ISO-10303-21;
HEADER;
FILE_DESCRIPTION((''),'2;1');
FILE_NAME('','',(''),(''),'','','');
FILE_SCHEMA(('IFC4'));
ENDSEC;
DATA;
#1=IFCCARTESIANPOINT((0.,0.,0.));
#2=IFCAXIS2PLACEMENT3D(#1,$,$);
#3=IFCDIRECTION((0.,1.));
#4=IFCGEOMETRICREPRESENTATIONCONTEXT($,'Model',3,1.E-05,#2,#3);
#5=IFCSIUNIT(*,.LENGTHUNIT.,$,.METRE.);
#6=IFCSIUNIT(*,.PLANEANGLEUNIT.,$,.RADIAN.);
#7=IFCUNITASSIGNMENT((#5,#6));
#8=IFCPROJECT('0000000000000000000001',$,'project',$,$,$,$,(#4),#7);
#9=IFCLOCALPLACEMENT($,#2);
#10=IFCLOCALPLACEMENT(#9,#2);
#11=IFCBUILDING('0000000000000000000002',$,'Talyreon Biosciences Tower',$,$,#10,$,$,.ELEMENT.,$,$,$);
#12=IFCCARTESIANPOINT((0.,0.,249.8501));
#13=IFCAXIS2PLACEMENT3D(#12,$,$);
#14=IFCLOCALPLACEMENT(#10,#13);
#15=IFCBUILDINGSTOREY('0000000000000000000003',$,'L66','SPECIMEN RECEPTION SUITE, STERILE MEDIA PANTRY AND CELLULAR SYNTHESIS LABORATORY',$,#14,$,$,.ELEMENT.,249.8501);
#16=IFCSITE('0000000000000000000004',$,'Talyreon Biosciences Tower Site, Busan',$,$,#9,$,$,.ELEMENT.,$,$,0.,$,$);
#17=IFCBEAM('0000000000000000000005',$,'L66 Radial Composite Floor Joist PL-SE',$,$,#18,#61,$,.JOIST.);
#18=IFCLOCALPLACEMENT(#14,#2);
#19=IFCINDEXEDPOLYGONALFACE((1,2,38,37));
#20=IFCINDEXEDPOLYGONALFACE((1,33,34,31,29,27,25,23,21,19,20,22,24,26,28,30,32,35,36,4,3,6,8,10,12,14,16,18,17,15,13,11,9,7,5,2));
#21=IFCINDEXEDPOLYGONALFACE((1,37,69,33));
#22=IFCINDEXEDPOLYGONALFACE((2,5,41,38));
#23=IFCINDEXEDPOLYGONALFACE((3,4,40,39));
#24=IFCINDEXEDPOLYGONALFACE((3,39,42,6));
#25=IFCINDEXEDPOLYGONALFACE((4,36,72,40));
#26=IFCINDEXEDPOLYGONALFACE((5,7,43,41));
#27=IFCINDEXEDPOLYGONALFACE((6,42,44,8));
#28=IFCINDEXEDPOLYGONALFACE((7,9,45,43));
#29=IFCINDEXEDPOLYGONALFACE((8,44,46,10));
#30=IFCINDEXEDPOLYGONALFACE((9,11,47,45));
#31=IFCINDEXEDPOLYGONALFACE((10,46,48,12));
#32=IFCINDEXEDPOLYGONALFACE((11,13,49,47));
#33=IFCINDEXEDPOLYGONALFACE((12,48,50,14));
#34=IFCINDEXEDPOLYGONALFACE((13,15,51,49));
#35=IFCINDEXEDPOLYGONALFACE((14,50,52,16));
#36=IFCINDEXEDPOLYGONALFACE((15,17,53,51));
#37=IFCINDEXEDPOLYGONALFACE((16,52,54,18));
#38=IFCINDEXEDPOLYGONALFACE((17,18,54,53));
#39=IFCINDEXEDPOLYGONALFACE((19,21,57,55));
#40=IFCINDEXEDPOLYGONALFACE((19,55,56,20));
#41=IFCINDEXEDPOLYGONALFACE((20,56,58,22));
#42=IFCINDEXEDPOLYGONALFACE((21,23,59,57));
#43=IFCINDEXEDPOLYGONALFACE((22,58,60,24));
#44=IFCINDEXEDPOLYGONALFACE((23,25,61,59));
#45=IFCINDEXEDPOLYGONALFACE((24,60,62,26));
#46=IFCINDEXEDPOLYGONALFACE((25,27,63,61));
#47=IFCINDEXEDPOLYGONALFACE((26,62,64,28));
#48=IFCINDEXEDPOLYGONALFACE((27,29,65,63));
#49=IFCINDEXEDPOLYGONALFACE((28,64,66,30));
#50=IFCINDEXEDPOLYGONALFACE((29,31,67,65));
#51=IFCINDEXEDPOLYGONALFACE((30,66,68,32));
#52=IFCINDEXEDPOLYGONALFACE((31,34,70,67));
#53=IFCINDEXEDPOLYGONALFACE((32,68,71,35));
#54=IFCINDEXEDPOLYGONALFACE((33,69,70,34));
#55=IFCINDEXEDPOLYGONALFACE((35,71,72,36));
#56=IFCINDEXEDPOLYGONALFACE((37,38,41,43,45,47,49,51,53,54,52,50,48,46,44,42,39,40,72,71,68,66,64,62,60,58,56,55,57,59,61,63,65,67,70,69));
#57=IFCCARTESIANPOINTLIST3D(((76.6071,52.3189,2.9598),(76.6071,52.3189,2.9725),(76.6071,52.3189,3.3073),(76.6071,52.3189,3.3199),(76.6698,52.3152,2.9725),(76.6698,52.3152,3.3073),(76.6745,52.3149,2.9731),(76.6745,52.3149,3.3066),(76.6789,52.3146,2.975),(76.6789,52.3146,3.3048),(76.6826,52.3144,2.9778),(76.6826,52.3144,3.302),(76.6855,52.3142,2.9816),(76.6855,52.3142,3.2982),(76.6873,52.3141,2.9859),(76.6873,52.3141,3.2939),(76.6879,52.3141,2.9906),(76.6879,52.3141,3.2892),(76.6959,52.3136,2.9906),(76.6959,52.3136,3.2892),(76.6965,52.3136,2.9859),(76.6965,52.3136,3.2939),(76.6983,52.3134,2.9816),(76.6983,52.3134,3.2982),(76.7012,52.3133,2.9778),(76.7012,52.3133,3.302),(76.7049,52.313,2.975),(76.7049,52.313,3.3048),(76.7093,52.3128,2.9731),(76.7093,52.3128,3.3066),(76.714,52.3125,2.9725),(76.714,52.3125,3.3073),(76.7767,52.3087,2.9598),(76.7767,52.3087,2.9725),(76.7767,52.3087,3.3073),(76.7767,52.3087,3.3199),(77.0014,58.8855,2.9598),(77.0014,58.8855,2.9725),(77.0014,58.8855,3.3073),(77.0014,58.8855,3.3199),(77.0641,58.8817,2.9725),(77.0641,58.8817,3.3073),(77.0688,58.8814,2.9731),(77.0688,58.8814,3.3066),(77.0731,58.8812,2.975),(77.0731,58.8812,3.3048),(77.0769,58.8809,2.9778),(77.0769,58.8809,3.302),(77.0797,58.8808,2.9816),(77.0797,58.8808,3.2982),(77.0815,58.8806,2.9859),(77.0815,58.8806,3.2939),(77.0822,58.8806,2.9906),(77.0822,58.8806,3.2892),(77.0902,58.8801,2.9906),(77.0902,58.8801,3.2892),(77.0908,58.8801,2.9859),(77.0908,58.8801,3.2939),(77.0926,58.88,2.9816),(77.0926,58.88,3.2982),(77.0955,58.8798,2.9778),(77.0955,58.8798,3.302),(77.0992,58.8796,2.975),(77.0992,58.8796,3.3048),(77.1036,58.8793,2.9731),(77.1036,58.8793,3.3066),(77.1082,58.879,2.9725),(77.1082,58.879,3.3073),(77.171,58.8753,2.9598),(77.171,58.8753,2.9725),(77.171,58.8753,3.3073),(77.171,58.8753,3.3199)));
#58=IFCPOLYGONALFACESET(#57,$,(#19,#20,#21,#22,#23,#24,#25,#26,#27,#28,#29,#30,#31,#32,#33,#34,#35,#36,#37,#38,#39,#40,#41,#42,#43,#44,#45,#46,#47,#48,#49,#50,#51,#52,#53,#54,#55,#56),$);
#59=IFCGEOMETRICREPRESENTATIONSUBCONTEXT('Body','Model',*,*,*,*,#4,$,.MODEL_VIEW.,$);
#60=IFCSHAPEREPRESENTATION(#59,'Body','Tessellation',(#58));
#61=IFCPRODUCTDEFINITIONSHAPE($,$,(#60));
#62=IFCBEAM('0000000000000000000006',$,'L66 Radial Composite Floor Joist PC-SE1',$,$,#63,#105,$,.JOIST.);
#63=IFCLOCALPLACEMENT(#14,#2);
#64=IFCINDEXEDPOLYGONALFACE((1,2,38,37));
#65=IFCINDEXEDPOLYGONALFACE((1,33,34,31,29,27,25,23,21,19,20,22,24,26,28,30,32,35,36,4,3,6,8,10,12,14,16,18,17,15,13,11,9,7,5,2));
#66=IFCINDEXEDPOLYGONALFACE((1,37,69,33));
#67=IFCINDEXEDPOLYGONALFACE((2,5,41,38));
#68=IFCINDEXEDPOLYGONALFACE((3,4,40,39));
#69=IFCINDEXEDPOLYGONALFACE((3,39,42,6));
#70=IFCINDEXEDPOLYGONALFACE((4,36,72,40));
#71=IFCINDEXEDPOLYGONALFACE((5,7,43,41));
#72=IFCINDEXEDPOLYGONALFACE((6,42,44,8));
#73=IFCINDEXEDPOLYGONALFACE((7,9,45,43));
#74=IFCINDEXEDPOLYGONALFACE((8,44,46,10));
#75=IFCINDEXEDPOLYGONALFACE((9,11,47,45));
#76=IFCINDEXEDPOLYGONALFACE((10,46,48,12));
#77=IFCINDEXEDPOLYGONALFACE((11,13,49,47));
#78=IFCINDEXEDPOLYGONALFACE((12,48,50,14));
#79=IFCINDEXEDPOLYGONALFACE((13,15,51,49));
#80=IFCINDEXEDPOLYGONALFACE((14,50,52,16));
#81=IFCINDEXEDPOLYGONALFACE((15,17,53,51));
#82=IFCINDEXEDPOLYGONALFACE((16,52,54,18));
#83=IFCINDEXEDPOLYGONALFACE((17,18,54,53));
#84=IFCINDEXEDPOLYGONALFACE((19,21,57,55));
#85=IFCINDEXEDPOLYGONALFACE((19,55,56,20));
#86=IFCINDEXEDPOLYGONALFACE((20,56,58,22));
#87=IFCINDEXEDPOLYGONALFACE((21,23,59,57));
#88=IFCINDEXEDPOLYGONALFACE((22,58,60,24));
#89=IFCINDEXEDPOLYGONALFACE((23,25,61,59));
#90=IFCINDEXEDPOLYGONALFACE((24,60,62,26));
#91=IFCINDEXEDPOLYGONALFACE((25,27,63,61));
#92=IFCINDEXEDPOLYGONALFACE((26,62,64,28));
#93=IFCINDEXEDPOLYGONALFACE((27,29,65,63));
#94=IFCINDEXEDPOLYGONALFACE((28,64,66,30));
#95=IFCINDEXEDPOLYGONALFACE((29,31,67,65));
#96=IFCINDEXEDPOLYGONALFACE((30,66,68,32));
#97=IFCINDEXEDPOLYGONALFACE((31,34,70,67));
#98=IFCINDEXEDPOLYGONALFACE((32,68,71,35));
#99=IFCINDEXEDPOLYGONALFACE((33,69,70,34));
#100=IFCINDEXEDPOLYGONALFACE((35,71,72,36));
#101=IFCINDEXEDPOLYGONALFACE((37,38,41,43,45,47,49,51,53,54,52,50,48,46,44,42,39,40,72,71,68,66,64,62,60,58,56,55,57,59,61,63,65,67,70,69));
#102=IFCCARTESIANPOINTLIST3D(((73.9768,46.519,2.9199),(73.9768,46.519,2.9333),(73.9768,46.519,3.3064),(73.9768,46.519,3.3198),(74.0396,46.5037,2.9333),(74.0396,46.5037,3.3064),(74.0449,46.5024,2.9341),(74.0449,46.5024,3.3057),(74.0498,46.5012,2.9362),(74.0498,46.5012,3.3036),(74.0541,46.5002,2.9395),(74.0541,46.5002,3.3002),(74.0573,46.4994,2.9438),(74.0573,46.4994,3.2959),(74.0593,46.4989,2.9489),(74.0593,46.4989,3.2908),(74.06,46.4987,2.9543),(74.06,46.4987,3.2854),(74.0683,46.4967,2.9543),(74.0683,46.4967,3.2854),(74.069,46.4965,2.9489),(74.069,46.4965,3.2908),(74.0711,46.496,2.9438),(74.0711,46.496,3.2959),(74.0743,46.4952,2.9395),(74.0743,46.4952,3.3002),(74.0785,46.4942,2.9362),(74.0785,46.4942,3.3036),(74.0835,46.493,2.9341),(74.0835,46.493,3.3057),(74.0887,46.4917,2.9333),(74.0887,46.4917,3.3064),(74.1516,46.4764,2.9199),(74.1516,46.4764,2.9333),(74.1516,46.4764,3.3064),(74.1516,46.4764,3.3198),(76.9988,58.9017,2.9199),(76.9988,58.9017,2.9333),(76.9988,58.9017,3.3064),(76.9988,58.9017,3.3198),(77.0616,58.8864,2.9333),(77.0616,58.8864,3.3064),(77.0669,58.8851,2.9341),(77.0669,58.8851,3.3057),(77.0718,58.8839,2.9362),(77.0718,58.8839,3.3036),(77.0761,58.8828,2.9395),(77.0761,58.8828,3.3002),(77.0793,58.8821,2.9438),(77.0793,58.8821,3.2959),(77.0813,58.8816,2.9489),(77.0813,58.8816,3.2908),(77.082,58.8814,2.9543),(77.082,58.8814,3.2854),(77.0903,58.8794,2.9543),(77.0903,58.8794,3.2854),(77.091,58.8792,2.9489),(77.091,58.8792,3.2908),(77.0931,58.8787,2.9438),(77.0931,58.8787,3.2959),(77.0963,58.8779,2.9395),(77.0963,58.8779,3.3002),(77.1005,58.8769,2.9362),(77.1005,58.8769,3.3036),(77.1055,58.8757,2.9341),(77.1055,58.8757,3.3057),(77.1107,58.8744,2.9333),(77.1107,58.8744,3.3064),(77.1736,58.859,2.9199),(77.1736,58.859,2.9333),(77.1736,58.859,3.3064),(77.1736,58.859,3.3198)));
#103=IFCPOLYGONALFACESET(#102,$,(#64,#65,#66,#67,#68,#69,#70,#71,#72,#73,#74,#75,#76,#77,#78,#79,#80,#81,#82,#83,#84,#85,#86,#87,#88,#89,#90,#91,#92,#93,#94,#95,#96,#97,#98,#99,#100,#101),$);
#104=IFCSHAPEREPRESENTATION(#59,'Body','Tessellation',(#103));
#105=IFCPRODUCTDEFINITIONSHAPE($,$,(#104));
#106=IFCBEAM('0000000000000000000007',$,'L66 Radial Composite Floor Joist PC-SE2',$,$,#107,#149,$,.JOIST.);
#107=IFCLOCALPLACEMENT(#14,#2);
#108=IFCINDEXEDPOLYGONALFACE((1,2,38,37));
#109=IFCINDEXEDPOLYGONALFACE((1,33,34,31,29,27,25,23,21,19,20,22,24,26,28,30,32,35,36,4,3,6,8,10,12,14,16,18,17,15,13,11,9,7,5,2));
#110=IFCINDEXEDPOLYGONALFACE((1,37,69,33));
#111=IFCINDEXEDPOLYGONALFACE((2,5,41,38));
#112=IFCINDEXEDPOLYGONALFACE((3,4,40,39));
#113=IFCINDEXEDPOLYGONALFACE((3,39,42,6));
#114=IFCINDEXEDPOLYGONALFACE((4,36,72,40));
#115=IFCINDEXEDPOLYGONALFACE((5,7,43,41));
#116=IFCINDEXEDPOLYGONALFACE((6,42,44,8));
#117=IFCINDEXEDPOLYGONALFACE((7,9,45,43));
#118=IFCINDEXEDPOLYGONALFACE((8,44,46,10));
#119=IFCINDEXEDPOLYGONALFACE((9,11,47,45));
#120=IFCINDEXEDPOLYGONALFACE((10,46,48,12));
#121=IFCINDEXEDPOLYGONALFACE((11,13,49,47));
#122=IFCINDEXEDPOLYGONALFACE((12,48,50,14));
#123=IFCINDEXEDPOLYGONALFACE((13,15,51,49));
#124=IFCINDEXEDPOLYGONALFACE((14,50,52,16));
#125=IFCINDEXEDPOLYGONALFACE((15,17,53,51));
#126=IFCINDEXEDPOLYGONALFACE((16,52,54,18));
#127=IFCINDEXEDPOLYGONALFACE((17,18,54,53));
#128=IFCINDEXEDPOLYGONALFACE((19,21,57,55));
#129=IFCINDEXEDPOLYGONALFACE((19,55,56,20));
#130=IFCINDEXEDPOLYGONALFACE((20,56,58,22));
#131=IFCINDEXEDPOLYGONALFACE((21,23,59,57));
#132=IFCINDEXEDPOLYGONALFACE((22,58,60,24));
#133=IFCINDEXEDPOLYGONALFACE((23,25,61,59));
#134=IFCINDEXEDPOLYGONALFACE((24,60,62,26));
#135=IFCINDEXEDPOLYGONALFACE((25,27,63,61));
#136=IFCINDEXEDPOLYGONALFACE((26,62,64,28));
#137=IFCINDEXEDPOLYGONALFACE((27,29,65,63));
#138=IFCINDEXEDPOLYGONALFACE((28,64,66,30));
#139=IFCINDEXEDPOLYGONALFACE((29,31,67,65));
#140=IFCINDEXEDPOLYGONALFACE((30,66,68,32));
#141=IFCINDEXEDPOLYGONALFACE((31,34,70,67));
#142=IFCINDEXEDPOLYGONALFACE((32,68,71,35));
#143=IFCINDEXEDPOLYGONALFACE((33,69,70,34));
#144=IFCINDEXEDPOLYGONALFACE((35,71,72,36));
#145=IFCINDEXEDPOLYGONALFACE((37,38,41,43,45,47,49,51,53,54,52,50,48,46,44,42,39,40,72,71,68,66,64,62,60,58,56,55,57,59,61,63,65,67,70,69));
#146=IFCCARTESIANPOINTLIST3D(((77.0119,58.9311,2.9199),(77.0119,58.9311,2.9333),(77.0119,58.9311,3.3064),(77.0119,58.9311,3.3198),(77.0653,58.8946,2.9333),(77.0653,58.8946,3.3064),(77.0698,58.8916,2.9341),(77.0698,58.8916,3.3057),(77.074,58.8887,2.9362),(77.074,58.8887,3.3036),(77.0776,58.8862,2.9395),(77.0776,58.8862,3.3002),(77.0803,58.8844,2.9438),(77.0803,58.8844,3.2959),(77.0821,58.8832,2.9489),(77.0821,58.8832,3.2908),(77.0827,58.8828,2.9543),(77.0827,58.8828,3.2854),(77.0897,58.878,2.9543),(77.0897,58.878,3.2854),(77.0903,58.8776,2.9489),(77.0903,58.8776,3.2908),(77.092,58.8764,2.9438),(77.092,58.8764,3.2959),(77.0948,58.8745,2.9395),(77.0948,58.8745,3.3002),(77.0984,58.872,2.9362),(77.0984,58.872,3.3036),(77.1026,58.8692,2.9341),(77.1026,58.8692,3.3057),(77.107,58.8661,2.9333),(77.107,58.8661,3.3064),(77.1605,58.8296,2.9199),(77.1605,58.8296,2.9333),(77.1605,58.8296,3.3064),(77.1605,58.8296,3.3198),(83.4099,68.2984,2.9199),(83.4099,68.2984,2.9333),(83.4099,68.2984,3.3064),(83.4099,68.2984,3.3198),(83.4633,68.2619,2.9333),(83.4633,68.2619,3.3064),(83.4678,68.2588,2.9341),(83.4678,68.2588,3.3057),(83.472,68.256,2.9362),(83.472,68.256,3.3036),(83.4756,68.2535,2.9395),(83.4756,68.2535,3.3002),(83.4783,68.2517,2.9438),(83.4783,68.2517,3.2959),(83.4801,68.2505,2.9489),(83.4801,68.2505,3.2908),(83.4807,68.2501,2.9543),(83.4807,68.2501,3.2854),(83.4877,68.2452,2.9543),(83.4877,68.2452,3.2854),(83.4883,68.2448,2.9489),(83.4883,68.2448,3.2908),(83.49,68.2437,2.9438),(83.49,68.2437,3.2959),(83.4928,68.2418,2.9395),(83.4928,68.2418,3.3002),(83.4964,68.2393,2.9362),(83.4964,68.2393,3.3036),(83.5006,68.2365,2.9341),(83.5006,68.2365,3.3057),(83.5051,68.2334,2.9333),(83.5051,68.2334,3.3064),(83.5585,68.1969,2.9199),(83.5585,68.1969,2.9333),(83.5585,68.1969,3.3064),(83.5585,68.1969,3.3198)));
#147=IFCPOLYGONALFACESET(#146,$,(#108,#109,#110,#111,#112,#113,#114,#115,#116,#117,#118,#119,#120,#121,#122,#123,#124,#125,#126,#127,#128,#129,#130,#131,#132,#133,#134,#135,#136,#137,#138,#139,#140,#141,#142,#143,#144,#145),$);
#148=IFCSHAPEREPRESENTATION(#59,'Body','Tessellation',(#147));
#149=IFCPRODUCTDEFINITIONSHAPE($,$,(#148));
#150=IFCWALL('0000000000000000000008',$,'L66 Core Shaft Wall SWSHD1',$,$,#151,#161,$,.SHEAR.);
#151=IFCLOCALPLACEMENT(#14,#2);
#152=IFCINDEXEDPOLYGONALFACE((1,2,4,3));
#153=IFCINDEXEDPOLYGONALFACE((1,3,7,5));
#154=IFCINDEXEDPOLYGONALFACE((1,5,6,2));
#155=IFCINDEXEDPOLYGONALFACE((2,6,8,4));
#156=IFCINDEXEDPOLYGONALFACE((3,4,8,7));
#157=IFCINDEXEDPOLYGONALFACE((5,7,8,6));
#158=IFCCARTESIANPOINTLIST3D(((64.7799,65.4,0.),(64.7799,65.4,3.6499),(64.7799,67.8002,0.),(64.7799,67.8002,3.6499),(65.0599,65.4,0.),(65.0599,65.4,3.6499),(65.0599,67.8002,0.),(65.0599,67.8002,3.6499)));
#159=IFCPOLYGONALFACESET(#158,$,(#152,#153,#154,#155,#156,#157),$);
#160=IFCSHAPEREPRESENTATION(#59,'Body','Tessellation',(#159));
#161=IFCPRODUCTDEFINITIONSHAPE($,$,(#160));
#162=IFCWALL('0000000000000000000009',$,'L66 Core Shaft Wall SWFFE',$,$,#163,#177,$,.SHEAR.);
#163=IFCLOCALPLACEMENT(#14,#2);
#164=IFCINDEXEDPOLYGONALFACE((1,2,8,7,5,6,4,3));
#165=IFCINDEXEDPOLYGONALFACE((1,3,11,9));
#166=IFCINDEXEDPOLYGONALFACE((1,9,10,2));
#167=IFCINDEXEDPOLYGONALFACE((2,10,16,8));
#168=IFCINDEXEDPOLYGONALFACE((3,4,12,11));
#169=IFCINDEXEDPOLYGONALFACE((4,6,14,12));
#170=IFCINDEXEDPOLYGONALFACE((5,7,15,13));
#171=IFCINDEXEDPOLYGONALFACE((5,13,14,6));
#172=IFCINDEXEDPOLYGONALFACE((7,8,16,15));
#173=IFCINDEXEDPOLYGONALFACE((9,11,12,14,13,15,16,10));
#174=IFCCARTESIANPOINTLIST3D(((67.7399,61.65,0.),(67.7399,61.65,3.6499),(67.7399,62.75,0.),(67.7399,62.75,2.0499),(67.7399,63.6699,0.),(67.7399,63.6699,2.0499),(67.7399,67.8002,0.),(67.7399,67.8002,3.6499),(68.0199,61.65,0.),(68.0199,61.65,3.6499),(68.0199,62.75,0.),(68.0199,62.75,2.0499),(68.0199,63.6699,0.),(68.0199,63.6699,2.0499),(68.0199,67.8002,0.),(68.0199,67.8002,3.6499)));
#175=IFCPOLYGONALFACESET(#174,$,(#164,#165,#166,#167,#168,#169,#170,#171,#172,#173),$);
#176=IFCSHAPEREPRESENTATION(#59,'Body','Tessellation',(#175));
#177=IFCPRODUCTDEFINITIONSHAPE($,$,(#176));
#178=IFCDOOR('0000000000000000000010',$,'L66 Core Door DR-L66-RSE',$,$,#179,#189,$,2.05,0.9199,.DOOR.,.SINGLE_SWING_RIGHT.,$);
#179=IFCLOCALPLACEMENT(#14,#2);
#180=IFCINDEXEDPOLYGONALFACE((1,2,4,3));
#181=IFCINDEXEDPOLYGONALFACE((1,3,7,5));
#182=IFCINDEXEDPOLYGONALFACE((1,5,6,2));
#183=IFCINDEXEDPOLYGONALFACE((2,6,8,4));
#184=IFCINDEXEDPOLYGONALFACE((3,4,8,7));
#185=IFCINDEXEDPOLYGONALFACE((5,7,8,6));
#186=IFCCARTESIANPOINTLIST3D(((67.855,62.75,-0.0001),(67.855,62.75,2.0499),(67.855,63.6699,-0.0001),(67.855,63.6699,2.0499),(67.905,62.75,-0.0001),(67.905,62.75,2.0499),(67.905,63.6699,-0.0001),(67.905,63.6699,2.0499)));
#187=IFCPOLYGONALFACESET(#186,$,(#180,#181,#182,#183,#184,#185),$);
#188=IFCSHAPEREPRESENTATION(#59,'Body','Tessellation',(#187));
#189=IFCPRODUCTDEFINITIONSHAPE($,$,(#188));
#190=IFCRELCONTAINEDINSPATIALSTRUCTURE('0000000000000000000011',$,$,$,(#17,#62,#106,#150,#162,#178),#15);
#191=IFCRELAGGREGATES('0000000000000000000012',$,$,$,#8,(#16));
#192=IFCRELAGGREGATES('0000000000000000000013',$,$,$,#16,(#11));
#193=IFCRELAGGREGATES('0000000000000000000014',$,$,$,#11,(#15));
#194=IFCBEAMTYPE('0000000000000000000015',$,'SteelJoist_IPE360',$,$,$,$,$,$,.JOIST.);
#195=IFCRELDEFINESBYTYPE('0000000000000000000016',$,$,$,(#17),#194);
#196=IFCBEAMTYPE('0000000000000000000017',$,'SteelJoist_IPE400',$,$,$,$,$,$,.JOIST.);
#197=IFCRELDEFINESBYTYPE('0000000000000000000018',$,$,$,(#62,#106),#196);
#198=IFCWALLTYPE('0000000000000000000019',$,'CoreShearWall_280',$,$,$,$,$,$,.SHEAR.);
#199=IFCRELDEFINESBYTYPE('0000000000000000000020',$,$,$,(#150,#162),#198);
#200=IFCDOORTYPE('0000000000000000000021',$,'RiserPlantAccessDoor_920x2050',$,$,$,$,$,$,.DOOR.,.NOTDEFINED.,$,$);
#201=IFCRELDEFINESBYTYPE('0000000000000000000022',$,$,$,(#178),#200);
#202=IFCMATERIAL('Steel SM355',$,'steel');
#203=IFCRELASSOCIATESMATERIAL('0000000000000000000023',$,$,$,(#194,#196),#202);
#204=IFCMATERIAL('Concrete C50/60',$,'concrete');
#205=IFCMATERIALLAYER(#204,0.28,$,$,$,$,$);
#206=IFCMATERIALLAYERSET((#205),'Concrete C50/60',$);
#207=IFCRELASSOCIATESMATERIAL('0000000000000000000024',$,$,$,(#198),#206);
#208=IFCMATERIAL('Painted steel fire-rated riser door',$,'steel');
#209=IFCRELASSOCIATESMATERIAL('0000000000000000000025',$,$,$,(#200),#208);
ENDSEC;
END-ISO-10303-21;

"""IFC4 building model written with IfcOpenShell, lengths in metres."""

from ifc_helpers import new_model, si_unit, direction, frame, frame_2d, origin, origin_2d, place, context, subcontext, project, spatial, rectangle, i_section, extrude, material, layer, layer_set, material_profile, profile_set, type_object, element, fill, save


model = new_model("IFC4")

# Units and contexts
model_context = context("Model", 3, precision=1e-05, world=origin(), true_north=direction((0.0, 1.0)))
body_context = subcontext(model_context, "Body", "Model", "MODEL_VIEW")
ifc_project = project(units=[si_unit("LENGTHUNIT", "METRE"), si_unit("PLANEANGLEUNIT", "RADIAN")], contexts=[model_context])

# Site, building, storey
site_placement = place(None, origin())
site = spatial("IfcSite", under=ifc_project, at=site_placement, Name="Talyreon Biosciences Tower Site, Busan", CompositionType="ELEMENT", RefElevation=0.0)
building_placement = place(site_placement, origin())
building = spatial("IfcBuilding", under=site, at=building_placement, Name="Talyreon Biosciences Tower", CompositionType="ELEMENT")
storey_placement = place(building_placement, frame((0.0, 0.0, 249.8501)))
storey = spatial("IfcBuildingStorey", under=building, at=storey_placement, Name="L66", Description="SPECIMEN RECEPTION SUITE, STERILE MEDIA PANTRY AND CELLULAR SYNTHESIS LABORATORY", CompositionType="ELEMENT", Elevation=249.8501)

# Shared definitions
ifc_material_1 = material(Name="Concrete C50/60", Category="concrete")

# Beams
ifc_material_2 = material(Name="Steel SM355", Category="steel")
ifc_material_profile_1 = material_profile(ifc_material_2, i_section(OverallWidth=0.1699, OverallDepth=0.3601, WebThickness=0.0081, FlangeThickness=0.0127, FilletRadius=0.0181, at=origin_2d()), Name="IPE360")
ifc_profile_set_1 = profile_set([ifc_material_profile_1], Name="Steel SM355")
beam_type_1 = type_object("IfcBeamType", Name="SteelJoist_IPE360", PredefinedType="JOIST", material=ifc_profile_set_1)
beam_1_placement = place(storey_placement, frame((77.0862, 58.8804, 3.1399), z_axis=(-0.059936, -0.998202, 0.0), x_axis=(0.998202, -0.059936, 0.0)))
element("IfcBeam", 1, at=beam_1_placement, inside=storey, type_object=beam_type_1, Name="L66 Radial Composite Floor Joist PL-SE", PredefinedType="JOIST", context=body_context, shape_type="SweptSolid", body=[
    extrude(i_section(OverallWidth=0.1699, OverallDepth=0.3601, WebThickness=0.0081, FlangeThickness=0.0127, FilletRadius=0.0181, at=origin_2d()), origin(), (0.0, 0.0, 1.0), 6.5784),
])
ifc_material_profile_2 = material_profile(ifc_material_2, i_section(OverallWidth=0.1799, OverallDepth=0.3999, WebThickness=0.0085, FlangeThickness=0.0134, FilletRadius=0.021, at=origin_2d()), Name="IPE400")
ifc_profile_set_2 = profile_set([ifc_material_profile_2], Name="Steel SM355")
beam_type_2 = type_object("IfcBeamType", Name="SteelJoist_IPE400", PredefinedType="JOIST", material=ifc_profile_set_2)
beam_2_placement = place(storey_placement, frame((77.0862, 58.8804, 3.1199), z_axis=(-0.237092, -0.971487, 0.0), x_axis=(0.971487, -0.237092, 0.0)))
element("IfcBeam", 2, at=beam_2_placement, inside=storey, type_object=beam_type_2, Name="L66 Radial Composite Floor Joist PC-SE1", PredefinedType="JOIST", context=body_context, shape_type="SweptSolid", body=[
    extrude(i_section(OverallWidth=0.1799, OverallDepth=0.3999, WebThickness=0.0085, FlangeThickness=0.0134, FilletRadius=0.021, at=origin_2d()), origin(), (0.0, 0.0, 1.0), 12.7461),
])
beam_3_placement = place(storey_placement, frame((77.0862, 58.8804, 3.1199), z_axis=(0.564012, 0.825766, 0.0), x_axis=(-0.825766, 0.564012, 0.0)))
element("IfcBeam", 3, at=beam_3_placement, inside=storey, type_object=beam_type_2, Name="L66 Radial Composite Floor Joist PC-SE2", PredefinedType="JOIST", context=body_context, shape_type="SweptSolid", body=[
    extrude(i_section(OverallWidth=0.1799, OverallDepth=0.3999, WebThickness=0.0085, FlangeThickness=0.0134, FilletRadius=0.021, at=origin_2d()), origin(), (0.0, 0.0, 1.0), 11.3438),
])

# Wall
ifc_layer_1 = layer(ifc_material_1, 0.28)
ifc_layer_set_1 = layer_set([ifc_layer_1], Name="Concrete C50/60")
wall_type_1 = type_object("IfcWallType", Name="CoreShearWall_280", PredefinedType="SHEAR", material=ifc_layer_set_1)
wall_1_placement = place(storey_placement, frame((64.9199, 65.3999, 0.0), z_axis=(0.0, 0.0, 1.0), x_axis=(0.0, 1.0, 0.0)))
element("IfcWall", 4, at=wall_1_placement, inside=storey, type_object=wall_type_1, Name="L66 Core Shaft Wall SWSHD1", PredefinedType="SHEAR", context=body_context, shape_type="SweptSolid", body=[
    extrude(rectangle(XDim=2.4001, YDim=0.28, at=frame_2d((1.2002, 0.0))), origin(), (0.0, 0.0, 1.0), 3.6499),
])

# Wall, opening, door
wall_2_placement = place(storey_placement, frame((67.8799, 61.6499, 0.0), z_axis=(0.0, 0.0, 1.0), x_axis=(0.0, 1.0, 0.0)))
wall_2 = element("IfcWall", 5, at=wall_2_placement, inside=storey, type_object=wall_type_1, Name="L66 Core Shaft Wall SWFFE", PredefinedType="SHEAR", context=body_context, shape_type="SweptSolid", body=[
    extrude(rectangle(XDim=6.1501, YDim=0.28, at=frame_2d((3.0752, 0.0))), origin(), (0.0, 0.0, 1.0), 3.6499),
])
opening_1_placement = place(wall_2_placement, frame((1.1001, 0.0, 0.0)))
opening_1 = element("IfcOpeningElement", 6, at=opening_1_placement, cuts=wall_2, PredefinedType="OPENING", context=body_context, shape_type="SweptSolid", body=[
    extrude(rectangle(XDim=0.9199, YDim=2.05, at=frame_2d((0.46, 1.0249))), frame((0.0, 0.1499, 0.0), z_axis=(0.0, -1.0, 0.0), x_axis=(1.0, 0.0, 0.0)), (0.0, 0.0, 1.0), 0.3),
])
ifc_material_3 = material(Name="Painted steel fire-rated riser door", Category="steel")
door_type_1 = type_object("IfcDoorType", Name="RiserPlantAccessDoor_920x2050", OperationType="NOTDEFINED", PredefinedType="DOOR", material=ifc_material_3)
door_1_placement = place(opening_1_placement, origin())
door_1 = element("IfcDoor", 7, at=door_1_placement, inside=storey, type_object=door_type_1, Name="L66 Core Door DR-L66-RSE", OperationType="SINGLE_SWING_RIGHT", OverallHeight=2.05, OverallWidth=0.9199, PredefinedType="DOOR", context=body_context, shape_type="SweptSolid", body=[
    extrude(rectangle(XDim=0.9199, YDim=2.05, at=frame_2d((0.46, 1.0249))), frame((0.0, 0.0249, 0.0), z_axis=(0.0, -1.0, 0.0), x_axis=(1.0, 0.0, 0.0)), (0.0, 0.0, 1.0), 0.05),
])
fill(opening_1, door_1)

save(model, "model.ifc")
